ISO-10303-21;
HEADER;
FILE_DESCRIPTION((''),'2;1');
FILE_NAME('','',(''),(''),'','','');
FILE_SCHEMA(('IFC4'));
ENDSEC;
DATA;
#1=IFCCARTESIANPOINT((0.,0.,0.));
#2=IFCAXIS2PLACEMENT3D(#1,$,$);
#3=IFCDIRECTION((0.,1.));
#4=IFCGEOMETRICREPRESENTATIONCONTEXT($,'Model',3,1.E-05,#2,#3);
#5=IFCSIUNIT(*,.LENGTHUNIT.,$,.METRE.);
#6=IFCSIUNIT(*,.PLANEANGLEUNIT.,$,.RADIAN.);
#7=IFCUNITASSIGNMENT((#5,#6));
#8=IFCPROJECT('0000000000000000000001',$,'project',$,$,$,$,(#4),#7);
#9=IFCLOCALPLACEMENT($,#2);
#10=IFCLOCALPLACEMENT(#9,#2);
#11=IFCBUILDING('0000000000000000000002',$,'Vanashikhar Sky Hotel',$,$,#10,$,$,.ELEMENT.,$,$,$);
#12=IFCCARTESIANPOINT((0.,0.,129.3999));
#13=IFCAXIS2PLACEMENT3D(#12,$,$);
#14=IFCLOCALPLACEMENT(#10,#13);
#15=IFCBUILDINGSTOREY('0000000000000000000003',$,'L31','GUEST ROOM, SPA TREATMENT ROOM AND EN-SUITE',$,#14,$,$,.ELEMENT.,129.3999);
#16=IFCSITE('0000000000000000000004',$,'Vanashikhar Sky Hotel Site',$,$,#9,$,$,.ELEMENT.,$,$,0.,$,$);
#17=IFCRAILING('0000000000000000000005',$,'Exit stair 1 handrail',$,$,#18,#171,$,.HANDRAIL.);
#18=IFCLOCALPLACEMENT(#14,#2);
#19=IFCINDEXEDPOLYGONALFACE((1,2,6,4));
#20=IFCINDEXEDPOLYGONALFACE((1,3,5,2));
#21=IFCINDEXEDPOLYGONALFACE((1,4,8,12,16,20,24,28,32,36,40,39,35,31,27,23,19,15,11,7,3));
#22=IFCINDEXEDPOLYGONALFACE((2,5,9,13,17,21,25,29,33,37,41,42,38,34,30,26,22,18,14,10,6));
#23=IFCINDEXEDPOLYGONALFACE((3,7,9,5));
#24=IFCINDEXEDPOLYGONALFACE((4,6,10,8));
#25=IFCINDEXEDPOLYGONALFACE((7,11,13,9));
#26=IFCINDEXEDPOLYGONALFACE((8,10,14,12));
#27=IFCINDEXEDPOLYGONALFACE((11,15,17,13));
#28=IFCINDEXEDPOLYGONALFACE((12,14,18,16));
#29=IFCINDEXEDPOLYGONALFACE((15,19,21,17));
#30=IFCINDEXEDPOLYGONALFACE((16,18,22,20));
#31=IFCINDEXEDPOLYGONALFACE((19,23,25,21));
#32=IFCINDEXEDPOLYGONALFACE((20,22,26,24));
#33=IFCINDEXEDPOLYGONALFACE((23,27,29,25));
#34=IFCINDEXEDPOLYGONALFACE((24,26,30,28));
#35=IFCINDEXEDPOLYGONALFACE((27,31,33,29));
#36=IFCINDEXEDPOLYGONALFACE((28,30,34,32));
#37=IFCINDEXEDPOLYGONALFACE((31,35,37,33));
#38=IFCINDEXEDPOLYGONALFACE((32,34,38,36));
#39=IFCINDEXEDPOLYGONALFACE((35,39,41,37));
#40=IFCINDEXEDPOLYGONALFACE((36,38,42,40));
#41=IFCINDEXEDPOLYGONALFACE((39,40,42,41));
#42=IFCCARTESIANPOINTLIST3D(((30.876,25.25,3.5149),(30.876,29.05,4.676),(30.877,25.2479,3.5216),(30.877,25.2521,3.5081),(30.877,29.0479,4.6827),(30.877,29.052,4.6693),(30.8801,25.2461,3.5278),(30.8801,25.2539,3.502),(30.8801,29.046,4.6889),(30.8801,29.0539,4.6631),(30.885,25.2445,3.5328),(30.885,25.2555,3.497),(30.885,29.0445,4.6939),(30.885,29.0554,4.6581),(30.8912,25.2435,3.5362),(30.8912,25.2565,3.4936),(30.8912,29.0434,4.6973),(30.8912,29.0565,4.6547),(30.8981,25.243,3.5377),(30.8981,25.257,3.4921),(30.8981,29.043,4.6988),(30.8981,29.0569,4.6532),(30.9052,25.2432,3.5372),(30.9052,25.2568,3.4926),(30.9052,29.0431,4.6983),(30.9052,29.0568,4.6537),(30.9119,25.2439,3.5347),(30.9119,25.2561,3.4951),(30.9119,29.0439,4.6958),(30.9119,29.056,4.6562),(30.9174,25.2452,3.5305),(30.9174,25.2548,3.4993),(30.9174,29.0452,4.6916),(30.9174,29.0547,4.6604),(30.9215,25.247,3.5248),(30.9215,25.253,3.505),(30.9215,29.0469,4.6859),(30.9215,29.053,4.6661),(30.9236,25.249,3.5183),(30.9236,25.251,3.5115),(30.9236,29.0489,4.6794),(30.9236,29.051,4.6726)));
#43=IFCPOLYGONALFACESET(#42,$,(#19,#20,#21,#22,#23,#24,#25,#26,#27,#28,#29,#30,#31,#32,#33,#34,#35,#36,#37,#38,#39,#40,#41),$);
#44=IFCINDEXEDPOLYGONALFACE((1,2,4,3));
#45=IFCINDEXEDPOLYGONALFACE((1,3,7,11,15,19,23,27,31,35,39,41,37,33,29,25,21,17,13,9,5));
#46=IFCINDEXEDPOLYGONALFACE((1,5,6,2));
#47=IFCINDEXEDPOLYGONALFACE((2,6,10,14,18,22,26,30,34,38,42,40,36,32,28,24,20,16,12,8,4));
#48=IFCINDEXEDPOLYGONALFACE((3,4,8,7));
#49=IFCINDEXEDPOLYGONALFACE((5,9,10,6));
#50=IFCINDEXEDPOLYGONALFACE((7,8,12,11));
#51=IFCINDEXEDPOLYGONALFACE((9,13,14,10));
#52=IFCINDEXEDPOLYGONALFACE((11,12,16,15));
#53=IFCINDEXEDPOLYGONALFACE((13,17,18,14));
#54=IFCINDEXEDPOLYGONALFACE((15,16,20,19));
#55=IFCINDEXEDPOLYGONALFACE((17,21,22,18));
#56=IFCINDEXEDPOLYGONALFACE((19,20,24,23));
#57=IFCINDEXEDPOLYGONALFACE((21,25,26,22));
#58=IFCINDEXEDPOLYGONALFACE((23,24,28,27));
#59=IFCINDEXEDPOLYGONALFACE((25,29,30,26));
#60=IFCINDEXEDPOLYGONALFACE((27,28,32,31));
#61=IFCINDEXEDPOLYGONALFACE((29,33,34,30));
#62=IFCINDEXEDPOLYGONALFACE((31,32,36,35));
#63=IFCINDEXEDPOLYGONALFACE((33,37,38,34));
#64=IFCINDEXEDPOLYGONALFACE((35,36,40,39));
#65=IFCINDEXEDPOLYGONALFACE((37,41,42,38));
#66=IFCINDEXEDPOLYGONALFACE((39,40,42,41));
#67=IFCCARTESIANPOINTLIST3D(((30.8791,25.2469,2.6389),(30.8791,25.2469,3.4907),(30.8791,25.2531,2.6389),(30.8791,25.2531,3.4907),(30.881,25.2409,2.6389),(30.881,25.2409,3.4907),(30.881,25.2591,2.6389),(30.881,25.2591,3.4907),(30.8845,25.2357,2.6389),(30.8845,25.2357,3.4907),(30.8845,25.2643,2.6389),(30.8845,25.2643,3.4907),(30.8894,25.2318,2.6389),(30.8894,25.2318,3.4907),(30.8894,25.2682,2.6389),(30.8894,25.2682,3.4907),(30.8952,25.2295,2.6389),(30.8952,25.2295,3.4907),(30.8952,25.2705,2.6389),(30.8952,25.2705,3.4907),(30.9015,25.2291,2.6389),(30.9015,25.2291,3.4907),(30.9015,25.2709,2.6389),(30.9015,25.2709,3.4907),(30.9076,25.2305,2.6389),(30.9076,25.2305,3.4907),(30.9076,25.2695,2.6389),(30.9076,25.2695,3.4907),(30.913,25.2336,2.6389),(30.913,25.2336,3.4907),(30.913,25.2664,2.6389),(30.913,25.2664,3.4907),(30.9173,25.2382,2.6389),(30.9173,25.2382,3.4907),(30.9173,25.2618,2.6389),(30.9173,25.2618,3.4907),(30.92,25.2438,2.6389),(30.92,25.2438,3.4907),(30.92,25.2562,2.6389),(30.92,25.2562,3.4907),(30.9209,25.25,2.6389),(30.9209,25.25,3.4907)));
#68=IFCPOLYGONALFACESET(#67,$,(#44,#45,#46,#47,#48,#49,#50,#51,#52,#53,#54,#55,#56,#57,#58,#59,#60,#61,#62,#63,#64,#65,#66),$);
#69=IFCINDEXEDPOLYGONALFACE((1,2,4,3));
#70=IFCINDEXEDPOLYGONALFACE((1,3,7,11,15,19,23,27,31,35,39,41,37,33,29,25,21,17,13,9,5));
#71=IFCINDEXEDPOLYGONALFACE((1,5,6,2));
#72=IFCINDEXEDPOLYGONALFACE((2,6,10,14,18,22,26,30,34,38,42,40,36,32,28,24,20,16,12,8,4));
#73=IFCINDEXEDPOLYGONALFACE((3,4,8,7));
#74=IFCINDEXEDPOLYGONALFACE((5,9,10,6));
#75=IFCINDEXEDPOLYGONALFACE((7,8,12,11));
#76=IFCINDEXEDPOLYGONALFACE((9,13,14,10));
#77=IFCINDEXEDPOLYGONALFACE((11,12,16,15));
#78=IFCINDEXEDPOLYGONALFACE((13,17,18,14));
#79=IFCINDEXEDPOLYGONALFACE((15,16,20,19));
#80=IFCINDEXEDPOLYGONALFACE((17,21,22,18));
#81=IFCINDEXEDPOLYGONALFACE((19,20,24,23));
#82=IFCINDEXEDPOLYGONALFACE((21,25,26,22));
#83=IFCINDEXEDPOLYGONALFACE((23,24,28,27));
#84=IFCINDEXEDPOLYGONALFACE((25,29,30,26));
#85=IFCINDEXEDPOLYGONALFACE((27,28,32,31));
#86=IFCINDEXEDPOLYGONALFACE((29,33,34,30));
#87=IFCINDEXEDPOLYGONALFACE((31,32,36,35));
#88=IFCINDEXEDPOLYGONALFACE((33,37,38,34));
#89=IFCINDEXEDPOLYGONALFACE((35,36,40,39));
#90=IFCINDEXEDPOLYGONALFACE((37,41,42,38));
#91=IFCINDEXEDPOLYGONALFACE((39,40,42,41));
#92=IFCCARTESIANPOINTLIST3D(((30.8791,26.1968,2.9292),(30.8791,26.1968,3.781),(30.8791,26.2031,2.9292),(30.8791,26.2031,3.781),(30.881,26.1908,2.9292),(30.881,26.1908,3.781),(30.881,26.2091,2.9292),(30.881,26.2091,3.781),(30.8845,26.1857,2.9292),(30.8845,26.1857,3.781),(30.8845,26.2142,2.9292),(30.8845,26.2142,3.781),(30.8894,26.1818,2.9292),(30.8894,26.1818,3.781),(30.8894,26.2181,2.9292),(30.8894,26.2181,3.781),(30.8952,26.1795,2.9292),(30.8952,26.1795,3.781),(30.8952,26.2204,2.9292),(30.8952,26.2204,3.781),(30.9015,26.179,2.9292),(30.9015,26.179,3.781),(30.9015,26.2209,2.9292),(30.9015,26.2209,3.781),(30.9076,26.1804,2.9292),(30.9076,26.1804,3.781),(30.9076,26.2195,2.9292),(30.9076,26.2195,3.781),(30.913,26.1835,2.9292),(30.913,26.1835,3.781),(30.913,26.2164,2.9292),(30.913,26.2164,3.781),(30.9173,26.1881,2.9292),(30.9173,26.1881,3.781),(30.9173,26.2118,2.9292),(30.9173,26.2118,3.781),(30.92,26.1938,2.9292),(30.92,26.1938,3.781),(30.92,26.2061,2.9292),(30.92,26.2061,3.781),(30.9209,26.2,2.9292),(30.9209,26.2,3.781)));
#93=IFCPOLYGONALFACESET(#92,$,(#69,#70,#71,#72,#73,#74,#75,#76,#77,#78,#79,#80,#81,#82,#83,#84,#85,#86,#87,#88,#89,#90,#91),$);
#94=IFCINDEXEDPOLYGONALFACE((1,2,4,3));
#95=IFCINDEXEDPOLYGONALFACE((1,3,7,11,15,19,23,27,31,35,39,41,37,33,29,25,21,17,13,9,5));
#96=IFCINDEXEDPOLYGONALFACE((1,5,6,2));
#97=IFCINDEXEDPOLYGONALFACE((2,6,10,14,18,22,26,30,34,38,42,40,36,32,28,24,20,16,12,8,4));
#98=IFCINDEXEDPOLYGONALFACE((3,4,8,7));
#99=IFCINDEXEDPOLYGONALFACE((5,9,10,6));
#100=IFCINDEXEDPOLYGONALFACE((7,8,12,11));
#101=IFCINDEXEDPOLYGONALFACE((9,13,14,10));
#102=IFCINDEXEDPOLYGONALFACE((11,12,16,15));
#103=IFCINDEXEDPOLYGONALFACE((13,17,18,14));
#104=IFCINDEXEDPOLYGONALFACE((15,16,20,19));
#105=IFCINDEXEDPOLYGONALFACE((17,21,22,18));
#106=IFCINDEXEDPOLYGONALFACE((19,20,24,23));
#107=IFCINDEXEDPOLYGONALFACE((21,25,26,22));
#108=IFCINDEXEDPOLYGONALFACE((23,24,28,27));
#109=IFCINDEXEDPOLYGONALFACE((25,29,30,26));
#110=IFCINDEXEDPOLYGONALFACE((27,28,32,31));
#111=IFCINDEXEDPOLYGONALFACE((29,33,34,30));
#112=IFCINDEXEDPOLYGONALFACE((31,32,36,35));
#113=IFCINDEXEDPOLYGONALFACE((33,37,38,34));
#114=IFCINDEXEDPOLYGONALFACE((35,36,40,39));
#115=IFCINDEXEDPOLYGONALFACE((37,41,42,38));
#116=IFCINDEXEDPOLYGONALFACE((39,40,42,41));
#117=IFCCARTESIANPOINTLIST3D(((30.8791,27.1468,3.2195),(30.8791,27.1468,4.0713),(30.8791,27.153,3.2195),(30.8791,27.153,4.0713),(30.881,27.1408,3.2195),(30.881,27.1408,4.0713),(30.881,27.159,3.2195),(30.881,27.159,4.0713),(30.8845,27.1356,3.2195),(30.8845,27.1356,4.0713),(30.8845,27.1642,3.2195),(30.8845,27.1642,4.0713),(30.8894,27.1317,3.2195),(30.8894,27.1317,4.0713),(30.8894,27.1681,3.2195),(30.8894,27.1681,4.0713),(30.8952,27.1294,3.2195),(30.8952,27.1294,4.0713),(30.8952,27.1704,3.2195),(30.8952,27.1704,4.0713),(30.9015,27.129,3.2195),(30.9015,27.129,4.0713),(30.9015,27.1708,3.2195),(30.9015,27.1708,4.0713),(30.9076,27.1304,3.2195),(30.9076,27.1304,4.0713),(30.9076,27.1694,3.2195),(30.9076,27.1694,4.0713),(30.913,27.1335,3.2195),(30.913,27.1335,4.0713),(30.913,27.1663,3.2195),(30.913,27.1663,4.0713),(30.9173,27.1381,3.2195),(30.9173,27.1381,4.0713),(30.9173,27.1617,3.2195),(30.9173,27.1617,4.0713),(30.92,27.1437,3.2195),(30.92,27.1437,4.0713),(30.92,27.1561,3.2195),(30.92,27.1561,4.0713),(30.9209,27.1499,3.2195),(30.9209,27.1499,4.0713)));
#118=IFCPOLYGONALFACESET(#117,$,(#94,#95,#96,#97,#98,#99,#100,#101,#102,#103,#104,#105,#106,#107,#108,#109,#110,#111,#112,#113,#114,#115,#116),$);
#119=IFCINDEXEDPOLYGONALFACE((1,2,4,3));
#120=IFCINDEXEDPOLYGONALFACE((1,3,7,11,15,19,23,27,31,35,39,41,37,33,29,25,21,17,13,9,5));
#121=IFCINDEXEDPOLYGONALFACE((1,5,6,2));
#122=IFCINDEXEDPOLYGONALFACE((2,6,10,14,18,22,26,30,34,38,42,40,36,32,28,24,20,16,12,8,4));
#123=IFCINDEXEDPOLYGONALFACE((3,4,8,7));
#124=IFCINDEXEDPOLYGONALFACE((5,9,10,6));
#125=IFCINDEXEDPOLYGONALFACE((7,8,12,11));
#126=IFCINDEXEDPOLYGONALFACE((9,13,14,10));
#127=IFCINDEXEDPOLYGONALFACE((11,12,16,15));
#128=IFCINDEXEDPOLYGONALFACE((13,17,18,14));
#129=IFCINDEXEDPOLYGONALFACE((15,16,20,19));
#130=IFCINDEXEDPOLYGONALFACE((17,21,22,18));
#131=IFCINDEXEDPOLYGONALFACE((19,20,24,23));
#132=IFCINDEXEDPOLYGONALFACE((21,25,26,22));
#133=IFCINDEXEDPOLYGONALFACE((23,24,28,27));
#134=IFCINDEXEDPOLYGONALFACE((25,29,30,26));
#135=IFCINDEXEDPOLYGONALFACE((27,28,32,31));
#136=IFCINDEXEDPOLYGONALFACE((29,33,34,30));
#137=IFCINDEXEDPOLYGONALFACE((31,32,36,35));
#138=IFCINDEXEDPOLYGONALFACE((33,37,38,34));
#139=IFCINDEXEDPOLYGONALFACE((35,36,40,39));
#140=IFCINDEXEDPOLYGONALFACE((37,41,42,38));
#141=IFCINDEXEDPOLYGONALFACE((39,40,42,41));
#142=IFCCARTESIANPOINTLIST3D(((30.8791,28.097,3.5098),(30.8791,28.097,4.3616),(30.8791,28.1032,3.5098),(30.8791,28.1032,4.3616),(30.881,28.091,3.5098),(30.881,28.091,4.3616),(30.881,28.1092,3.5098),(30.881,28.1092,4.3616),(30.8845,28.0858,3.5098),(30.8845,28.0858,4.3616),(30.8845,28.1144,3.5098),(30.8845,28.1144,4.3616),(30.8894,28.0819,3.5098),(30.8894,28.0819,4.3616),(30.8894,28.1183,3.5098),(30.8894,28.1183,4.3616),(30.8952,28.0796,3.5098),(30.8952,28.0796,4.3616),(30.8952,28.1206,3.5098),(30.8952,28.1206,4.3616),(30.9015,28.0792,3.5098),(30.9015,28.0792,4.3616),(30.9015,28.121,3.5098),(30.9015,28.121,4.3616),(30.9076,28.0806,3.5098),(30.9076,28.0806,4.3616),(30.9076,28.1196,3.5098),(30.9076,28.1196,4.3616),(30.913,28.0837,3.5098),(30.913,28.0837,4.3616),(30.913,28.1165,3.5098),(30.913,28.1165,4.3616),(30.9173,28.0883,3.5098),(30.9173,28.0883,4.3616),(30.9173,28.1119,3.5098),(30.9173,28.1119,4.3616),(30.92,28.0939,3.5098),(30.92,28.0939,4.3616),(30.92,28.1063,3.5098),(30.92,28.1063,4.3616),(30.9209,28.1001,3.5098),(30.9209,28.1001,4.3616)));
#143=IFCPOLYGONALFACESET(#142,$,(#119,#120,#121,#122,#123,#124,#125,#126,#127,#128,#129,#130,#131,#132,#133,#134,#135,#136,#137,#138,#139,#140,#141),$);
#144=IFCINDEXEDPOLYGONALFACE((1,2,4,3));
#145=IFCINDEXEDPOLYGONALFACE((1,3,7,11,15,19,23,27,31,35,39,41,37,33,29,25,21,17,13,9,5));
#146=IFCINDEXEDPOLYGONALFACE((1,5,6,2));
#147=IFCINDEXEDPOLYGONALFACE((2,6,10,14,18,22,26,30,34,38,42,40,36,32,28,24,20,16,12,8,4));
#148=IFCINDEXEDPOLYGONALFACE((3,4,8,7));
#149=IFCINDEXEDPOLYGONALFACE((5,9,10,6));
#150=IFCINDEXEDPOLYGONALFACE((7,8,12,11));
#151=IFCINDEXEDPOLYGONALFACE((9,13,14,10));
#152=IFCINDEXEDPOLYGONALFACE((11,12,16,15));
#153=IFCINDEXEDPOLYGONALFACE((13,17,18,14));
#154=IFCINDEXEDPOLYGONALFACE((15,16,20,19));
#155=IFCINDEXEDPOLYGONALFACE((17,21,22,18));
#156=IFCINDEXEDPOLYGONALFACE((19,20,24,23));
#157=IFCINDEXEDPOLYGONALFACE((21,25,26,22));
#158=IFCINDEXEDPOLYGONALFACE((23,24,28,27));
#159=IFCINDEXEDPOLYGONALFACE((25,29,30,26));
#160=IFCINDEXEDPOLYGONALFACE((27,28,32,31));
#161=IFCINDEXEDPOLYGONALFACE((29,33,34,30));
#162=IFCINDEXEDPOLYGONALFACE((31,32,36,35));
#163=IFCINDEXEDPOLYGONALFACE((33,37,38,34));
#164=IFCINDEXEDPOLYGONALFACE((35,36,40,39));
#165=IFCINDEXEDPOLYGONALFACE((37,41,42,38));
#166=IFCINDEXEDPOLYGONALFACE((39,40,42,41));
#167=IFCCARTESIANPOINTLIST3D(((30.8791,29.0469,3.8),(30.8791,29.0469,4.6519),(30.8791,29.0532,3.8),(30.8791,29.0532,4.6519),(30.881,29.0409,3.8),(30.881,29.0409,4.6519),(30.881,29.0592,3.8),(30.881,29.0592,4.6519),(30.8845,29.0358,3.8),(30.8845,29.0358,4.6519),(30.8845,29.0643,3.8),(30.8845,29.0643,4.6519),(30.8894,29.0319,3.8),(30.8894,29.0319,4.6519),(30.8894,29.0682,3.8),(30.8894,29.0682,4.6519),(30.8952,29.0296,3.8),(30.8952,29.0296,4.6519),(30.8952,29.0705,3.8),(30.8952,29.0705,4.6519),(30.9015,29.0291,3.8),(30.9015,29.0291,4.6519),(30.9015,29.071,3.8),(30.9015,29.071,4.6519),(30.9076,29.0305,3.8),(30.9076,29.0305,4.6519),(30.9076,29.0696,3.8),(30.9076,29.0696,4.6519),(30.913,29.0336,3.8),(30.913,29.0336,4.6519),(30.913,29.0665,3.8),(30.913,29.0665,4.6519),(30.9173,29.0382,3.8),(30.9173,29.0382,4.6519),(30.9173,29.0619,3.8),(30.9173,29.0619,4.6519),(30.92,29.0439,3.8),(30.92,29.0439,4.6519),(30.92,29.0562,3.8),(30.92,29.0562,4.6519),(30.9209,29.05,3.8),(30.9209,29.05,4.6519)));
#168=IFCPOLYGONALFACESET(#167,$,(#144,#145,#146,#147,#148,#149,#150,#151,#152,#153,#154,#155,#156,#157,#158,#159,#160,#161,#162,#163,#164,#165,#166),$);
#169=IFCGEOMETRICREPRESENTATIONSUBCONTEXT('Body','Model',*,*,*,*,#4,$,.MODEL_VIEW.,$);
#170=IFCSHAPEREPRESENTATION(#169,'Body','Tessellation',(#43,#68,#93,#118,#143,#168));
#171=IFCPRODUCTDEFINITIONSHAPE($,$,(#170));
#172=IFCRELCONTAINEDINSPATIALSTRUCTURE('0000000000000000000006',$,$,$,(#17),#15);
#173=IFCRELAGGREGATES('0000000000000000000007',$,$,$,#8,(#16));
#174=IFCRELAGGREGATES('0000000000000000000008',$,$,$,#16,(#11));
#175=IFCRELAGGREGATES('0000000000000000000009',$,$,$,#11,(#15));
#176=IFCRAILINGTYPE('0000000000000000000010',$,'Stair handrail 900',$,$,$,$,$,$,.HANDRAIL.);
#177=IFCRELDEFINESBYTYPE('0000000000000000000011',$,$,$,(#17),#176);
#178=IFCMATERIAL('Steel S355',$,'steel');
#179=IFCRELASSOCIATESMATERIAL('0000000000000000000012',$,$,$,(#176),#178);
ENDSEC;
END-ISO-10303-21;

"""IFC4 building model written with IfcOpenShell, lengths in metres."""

from ifc_helpers import new_model, si_unit, direction, frame, origin, origin_2d, place, context, subcontext, project, spatial, circle, extrude, source, transform, mapped, material, type_object, element, save


model = new_model("IFC4")

# Units and contexts
model_context = context("Model", 3, precision=1e-05, world=origin(), true_north=direction((0.0, 1.0)))
body_context = subcontext(model_context, "Body", "Model", "MODEL_VIEW")
ifc_project = project(units=[si_unit("LENGTHUNIT", "METRE"), si_unit("PLANEANGLEUNIT", "RADIAN")], contexts=[model_context])

# Site, building, storey
site_placement = place(None, origin())
site = spatial("IfcSite", under=ifc_project, at=site_placement, Name="Vanashikhar Sky Hotel Site", CompositionType="ELEMENT", RefElevation=0.0)
building_placement = place(site_placement, origin())
building = spatial("IfcBuilding", under=site, at=building_placement, Name="Vanashikhar Sky Hotel", CompositionType="ELEMENT")
storey_placement = place(building_placement, frame((0.0, 0.0, 129.3999)))
storey = spatial("IfcBuildingStorey", under=building, at=storey_placement, Name="L31", Description="GUEST ROOM, SPA TREATMENT ROOM AND EN-SUITE", CompositionType="ELEMENT", Elevation=129.3999)

# Railing
ifc_material_1 = material(Name="Steel S355", Category="steel")
railing_type = type_object("IfcRailingType", Name="Stair handrail 900", PredefinedType="HANDRAIL", material=ifc_material_1)
shared_shape_1 = source(origin(), body_context, "Body", "SweptSolid", [
    extrude(circle(Radius=0.0239, at=origin_2d()), frame((0.0, 0.0, 0.876), z_axis=(0.0, 0.956351, 0.29222), x_axis=(-1.0, 0.0, 0.0)), (0.0, 0.0, 1.0), 3.9734),
    extrude(circle(Radius=0.021, at=origin_2d()), origin(), (0.0, 0.0, 1.0), 0.8518),
    extrude(circle(Radius=0.021, at=origin_2d()), frame((0.0, 0.95, 0.2903)), (0.0, 0.0, 1.0), 0.8518),
    extrude(circle(Radius=0.021, at=origin_2d()), frame((0.0, 1.8999, 0.5806)), (0.0, 0.0, 1.0), 0.8518),
    extrude(circle(Radius=0.021, at=origin_2d()), frame((0.0, 2.8501, 0.8708)), (0.0, 0.0, 1.0), 0.8518),
    extrude(circle(Radius=0.021, at=origin_2d()), frame((0.0, 3.8, 1.1611)), (0.0, 0.0, 1.0), 0.8518),
])
for number, where, name in (
    (1, (30.8999, 25.25, 2.6389), "Exit stair 1 handrail"),
):
    element("IfcRailing", number, at=place(storey_placement, frame(where)), inside=storey, type_object=railing_type, Name=name, PredefinedType="HANDRAIL", context=body_context, shape_type="MappedRepresentation", body=[
        mapped(shared_shape_1, transform((0.0, 0.0, 0.0), scale=1.0)),
    ])

save(model, "model.ifc")
